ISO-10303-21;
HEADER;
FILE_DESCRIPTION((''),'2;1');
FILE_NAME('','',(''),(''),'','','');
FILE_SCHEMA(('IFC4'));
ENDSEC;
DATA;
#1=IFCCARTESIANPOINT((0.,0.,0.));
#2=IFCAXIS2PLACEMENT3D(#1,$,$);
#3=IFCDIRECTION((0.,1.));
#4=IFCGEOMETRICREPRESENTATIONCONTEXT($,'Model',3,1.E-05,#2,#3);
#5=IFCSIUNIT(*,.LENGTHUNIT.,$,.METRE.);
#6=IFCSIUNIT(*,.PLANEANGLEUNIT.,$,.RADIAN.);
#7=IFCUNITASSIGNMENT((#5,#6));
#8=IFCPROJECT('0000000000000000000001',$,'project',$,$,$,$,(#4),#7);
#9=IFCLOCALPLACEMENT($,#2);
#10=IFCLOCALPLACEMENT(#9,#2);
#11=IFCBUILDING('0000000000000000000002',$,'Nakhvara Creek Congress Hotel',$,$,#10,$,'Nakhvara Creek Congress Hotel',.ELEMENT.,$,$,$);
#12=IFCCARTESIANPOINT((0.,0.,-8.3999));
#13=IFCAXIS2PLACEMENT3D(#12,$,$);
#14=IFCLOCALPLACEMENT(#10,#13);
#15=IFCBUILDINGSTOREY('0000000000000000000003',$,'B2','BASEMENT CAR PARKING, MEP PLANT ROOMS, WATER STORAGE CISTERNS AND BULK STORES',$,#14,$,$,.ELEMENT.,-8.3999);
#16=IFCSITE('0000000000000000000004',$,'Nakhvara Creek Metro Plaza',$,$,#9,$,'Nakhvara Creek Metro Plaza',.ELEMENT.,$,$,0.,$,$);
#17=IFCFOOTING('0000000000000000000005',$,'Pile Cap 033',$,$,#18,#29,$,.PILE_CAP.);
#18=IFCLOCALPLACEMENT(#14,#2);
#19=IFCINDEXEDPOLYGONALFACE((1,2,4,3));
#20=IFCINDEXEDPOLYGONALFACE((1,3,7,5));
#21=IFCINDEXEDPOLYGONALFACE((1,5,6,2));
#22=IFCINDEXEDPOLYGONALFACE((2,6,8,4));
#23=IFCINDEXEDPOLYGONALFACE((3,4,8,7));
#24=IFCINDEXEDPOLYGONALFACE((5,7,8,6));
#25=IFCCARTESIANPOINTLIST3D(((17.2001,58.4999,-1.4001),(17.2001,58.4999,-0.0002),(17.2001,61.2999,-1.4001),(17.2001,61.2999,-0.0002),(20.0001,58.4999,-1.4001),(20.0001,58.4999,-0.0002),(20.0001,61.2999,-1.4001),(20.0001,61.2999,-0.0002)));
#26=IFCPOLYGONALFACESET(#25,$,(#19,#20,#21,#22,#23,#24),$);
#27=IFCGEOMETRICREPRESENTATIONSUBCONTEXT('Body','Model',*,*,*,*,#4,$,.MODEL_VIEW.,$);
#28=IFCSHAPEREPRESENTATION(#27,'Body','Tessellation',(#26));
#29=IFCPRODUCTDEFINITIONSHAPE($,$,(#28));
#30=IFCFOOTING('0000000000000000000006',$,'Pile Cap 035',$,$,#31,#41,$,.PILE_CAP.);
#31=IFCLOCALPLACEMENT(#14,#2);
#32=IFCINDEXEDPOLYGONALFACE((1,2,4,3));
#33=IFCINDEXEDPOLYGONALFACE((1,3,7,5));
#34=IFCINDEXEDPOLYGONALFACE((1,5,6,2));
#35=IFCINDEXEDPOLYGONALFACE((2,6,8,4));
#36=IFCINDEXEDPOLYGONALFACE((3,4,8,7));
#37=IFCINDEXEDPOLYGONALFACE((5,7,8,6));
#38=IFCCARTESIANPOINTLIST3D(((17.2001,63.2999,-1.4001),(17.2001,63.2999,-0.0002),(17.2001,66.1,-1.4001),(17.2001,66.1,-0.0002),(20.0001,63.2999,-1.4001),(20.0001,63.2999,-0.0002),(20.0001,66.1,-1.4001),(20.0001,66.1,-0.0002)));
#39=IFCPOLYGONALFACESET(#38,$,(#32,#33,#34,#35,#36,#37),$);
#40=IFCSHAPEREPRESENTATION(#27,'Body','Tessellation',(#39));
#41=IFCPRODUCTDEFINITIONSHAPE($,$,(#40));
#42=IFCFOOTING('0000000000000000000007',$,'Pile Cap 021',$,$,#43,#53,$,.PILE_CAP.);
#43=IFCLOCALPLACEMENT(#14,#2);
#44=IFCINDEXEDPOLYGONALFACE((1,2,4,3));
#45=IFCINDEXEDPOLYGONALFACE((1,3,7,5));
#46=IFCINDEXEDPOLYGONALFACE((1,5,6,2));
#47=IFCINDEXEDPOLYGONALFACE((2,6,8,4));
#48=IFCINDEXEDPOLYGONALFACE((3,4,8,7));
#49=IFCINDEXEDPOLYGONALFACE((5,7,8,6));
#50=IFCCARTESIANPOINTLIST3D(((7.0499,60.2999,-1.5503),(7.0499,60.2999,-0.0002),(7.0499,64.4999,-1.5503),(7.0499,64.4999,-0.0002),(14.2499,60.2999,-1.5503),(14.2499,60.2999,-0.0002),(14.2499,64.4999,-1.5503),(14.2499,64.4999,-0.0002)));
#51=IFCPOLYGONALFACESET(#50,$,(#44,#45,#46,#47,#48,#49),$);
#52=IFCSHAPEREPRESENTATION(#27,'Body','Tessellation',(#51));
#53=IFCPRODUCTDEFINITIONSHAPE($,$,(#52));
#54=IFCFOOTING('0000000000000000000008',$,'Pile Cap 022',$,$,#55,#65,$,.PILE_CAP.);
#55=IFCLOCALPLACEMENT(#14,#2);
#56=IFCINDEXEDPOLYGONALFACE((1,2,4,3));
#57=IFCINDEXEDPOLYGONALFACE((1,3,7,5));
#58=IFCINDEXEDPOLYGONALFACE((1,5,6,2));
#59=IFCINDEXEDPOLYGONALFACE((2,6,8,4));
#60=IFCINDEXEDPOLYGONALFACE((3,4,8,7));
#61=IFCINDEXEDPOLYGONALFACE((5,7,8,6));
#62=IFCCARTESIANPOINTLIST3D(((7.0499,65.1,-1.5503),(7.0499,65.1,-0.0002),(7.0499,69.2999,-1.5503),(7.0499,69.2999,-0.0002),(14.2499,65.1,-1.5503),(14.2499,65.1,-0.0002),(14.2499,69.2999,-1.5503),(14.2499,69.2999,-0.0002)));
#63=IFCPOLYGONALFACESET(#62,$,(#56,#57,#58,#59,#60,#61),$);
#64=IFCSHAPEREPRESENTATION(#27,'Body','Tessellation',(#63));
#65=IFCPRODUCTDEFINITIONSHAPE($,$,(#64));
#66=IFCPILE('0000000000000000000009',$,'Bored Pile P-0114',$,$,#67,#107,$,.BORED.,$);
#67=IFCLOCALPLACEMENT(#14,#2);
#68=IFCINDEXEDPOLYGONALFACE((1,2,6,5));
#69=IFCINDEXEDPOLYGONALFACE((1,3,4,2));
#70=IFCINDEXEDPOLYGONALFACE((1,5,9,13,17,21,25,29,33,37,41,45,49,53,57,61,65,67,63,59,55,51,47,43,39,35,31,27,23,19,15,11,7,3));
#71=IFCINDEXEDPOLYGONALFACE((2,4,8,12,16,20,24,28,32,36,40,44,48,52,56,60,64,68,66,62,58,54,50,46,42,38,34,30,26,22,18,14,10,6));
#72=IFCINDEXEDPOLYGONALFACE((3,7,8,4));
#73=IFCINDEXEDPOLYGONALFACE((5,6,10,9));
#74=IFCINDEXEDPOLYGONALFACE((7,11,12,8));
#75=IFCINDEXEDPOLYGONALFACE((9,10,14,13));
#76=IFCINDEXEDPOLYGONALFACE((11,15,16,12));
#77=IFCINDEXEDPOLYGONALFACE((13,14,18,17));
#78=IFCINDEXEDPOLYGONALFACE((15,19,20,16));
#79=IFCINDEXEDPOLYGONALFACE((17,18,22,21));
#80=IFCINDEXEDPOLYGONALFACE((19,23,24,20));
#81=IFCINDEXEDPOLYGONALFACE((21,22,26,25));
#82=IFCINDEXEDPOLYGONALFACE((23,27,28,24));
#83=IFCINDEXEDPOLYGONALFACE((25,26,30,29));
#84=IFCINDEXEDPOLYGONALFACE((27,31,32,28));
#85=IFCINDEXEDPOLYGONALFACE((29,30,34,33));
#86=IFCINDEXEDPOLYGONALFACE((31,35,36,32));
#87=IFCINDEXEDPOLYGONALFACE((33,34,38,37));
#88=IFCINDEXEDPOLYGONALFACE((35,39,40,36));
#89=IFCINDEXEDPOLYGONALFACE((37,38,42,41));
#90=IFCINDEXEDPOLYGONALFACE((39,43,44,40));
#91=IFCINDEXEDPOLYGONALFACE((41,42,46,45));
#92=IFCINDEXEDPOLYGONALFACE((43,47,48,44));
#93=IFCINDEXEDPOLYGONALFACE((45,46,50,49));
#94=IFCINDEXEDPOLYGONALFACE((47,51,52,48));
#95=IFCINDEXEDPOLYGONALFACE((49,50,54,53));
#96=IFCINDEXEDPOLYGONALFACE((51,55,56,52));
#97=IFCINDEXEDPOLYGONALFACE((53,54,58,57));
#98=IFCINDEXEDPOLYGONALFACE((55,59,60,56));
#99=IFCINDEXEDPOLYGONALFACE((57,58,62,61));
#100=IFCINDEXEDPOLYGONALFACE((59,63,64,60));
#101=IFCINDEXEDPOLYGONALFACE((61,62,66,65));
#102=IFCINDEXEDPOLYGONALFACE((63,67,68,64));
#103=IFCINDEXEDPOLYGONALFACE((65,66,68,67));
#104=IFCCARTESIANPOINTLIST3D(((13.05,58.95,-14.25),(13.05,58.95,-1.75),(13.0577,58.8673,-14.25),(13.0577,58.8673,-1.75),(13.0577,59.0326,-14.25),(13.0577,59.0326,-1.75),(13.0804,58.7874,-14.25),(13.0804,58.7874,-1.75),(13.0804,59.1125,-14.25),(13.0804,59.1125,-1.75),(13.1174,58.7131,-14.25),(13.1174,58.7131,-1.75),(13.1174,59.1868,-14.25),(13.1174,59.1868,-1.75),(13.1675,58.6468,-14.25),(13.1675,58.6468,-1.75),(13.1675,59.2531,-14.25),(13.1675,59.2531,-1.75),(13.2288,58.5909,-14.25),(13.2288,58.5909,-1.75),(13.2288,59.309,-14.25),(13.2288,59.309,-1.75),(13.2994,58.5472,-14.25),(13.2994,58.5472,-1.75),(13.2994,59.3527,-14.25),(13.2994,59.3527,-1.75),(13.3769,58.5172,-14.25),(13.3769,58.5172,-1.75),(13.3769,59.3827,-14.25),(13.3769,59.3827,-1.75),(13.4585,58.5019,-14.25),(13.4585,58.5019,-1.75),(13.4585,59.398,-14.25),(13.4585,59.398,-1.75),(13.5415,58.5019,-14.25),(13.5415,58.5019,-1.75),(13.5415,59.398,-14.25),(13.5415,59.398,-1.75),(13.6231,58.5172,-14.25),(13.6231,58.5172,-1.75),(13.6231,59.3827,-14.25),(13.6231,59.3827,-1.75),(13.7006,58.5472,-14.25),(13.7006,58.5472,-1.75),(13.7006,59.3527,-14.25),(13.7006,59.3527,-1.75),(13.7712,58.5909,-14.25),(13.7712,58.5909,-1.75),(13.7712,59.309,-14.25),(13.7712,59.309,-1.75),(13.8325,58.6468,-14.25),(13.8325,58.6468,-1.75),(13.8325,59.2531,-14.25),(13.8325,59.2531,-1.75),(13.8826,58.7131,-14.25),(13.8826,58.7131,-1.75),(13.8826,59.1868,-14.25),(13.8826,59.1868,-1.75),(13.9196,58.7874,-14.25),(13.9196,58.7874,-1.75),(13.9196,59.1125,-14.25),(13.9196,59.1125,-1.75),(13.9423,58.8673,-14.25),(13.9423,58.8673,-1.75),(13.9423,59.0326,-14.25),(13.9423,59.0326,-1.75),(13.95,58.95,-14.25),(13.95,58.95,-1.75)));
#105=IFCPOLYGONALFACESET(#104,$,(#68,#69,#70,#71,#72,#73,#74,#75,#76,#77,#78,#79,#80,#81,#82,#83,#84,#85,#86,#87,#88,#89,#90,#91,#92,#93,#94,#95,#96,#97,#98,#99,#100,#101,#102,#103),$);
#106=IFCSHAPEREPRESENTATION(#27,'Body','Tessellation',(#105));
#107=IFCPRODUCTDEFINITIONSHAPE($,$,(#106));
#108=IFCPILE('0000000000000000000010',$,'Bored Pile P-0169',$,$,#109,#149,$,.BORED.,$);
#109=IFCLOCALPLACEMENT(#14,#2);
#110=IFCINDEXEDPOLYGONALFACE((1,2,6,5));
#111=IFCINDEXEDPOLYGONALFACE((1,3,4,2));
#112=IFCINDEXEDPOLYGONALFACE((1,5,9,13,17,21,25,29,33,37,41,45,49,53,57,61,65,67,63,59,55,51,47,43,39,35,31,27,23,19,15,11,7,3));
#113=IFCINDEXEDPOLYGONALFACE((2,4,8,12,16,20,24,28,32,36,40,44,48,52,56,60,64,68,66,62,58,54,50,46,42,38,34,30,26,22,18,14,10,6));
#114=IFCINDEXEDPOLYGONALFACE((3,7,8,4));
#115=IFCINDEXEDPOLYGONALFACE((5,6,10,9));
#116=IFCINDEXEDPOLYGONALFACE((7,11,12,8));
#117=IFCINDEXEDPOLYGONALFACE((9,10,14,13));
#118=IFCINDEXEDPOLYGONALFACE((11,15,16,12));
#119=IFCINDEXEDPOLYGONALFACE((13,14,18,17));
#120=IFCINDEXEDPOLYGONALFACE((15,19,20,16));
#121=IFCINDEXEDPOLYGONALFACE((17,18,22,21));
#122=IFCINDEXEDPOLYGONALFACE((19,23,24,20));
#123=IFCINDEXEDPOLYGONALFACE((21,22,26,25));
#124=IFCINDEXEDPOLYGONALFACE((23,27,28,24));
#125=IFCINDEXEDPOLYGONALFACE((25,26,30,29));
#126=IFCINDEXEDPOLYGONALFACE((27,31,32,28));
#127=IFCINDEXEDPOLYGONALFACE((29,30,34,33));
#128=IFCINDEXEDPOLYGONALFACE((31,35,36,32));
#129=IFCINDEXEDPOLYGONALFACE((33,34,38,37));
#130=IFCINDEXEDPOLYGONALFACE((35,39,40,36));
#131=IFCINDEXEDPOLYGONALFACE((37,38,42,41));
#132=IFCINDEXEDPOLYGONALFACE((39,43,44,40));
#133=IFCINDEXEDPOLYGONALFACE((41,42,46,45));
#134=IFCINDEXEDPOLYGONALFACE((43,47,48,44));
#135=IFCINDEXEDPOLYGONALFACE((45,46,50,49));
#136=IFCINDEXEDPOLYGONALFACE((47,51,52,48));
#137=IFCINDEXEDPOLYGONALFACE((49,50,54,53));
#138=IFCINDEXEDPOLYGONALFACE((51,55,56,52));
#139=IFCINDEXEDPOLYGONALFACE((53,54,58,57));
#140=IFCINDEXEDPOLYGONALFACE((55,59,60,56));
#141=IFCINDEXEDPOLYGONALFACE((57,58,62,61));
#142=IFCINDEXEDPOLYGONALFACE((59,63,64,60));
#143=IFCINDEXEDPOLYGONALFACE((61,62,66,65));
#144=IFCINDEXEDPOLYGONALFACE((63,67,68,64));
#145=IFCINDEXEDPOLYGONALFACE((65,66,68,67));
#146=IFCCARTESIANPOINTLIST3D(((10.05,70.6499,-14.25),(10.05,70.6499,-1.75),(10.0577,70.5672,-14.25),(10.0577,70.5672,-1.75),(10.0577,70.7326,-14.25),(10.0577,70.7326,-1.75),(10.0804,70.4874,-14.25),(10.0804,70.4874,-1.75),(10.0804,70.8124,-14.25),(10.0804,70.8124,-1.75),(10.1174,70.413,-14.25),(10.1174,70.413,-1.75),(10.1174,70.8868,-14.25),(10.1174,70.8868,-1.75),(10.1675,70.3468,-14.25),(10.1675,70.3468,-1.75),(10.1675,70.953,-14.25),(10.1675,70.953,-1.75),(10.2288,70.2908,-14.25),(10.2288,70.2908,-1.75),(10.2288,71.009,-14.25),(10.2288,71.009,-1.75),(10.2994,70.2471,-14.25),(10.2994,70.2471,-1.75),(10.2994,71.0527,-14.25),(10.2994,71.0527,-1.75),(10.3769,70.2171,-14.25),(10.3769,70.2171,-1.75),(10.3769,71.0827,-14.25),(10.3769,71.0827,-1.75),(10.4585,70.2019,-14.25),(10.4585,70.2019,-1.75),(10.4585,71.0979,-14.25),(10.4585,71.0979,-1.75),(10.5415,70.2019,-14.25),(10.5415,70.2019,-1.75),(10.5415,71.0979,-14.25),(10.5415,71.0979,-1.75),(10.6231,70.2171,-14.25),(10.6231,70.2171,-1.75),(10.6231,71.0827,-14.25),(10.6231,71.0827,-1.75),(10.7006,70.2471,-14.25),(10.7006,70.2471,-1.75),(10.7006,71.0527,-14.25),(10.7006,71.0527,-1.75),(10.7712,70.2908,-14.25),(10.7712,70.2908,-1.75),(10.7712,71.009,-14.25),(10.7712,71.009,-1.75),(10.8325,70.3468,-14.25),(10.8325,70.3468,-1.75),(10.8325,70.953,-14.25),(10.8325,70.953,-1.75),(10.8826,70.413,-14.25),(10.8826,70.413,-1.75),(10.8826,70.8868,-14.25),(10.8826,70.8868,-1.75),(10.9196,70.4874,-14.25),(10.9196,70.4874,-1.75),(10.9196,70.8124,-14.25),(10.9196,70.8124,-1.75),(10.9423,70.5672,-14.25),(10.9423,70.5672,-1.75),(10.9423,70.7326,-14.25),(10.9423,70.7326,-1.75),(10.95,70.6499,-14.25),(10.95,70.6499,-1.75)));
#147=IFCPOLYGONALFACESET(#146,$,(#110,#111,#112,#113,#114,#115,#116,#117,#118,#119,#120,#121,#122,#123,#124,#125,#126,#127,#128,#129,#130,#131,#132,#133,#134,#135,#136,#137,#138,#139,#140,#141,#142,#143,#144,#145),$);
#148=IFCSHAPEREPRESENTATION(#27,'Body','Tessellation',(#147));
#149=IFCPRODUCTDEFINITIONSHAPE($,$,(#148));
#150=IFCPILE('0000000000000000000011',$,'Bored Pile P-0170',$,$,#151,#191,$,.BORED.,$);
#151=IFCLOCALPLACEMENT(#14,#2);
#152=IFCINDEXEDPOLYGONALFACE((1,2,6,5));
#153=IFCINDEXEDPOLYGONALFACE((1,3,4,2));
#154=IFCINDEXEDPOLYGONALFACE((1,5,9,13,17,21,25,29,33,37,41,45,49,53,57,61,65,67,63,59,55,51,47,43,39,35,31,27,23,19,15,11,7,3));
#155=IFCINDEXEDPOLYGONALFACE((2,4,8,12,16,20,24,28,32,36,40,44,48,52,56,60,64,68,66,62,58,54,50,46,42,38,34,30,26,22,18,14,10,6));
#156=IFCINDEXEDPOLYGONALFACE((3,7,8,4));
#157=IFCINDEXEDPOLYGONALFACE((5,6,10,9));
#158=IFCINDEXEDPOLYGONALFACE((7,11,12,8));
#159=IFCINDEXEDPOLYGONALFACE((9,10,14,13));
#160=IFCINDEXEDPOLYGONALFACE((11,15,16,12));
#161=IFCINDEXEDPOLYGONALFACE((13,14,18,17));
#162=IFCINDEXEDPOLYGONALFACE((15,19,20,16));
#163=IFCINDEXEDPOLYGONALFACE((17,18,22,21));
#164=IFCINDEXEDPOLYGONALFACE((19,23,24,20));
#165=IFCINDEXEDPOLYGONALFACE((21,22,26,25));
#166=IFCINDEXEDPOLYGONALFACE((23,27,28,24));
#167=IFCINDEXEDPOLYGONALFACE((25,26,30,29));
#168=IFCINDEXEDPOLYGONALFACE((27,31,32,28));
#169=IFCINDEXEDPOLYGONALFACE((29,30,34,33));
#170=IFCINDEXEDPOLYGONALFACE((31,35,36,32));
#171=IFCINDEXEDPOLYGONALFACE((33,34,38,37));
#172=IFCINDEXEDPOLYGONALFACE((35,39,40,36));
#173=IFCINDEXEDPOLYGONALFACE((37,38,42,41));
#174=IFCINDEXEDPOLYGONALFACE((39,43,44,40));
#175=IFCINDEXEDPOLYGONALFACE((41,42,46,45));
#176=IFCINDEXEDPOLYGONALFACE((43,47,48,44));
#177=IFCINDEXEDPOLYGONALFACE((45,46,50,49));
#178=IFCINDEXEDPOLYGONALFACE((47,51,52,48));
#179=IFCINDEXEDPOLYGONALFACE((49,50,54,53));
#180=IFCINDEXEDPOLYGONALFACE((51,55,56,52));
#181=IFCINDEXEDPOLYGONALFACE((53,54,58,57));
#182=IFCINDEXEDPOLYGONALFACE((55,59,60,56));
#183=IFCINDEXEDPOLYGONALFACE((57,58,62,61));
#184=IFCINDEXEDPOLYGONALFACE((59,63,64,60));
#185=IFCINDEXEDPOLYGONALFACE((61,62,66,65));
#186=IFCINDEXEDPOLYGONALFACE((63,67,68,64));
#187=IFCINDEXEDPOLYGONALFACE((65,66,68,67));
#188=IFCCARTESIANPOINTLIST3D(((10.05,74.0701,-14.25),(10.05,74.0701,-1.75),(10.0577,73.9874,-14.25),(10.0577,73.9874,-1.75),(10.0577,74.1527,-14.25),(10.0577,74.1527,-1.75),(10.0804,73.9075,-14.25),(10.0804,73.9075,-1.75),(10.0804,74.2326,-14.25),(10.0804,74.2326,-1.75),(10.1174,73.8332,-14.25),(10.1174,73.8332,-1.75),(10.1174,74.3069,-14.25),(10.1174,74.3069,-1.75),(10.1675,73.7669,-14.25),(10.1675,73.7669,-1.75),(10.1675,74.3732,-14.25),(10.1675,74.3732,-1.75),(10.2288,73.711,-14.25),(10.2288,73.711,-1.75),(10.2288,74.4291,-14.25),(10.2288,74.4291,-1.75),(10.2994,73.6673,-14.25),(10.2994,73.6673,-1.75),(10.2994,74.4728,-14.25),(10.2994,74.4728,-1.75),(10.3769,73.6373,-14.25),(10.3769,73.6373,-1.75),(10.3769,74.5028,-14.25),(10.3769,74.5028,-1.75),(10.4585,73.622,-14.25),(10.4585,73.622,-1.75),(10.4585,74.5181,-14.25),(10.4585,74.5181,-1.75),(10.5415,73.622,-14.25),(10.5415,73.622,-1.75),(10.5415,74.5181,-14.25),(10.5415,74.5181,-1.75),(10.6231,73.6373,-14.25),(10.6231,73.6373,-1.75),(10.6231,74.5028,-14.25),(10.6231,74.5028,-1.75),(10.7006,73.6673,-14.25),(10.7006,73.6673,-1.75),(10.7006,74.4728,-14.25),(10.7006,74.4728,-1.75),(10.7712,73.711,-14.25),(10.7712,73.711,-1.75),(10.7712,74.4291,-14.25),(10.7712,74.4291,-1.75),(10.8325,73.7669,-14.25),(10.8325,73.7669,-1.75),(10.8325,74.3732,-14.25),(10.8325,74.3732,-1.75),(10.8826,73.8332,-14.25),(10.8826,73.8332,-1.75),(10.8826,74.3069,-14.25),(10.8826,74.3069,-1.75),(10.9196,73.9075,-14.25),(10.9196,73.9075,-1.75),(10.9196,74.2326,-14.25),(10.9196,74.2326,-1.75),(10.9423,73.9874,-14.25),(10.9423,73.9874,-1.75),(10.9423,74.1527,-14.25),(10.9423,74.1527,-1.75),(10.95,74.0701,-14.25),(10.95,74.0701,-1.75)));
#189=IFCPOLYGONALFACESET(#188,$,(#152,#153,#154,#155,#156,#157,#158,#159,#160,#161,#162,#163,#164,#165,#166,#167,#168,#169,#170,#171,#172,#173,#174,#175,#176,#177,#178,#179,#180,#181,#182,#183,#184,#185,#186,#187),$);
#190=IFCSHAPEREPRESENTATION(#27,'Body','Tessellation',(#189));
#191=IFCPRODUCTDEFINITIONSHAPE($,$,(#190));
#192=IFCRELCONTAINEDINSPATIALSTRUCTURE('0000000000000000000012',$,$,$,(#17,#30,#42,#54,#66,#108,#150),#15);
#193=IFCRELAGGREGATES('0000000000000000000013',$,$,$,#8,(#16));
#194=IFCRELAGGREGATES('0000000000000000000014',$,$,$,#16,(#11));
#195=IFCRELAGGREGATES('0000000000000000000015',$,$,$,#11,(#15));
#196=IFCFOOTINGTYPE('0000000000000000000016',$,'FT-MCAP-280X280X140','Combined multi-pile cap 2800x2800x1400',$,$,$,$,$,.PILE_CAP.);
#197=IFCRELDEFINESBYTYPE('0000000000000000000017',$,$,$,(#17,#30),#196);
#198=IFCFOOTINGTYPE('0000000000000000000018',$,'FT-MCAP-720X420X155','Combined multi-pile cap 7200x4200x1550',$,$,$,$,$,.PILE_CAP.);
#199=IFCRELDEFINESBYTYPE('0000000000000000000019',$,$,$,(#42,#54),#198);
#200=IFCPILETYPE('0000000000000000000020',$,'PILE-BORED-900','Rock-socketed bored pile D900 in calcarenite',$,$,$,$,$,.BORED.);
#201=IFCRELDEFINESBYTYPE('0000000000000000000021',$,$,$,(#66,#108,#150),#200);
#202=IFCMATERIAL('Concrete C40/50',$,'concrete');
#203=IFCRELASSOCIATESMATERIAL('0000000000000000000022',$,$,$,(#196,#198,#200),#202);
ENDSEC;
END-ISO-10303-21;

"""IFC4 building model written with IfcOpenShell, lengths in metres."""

from ifc_helpers import new_model, si_unit, direction, frame, origin, origin_2d, place, context, subcontext, project, spatial, rectangle, circle, extrude, material, material_profile, profile_set, type_object, element, save


model = new_model("IFC4")

# Units and contexts
model_context = context("Model", 3, precision=1e-05, world=origin(), true_north=direction((0.0, 1.0)))
body_context = subcontext(model_context, "Body", "Model", "MODEL_VIEW")
ifc_project = project(units=[si_unit("LENGTHUNIT", "METRE"), si_unit("PLANEANGLEUNIT", "RADIAN")], contexts=[model_context])

# Site, building, storey
site_placement = place(None, origin())
site = spatial("IfcSite", under=ifc_project, at=site_placement, Name="Nakhvara Creek Metro Plaza", LongName="Nakhvara Creek Metro Plaza", CompositionType="ELEMENT", RefElevation=0.0)
building_placement = place(site_placement, origin())
building = spatial("IfcBuilding", under=site, at=building_placement, Name="Nakhvara Creek Congress Hotel", LongName="Nakhvara Creek Congress Hotel", CompositionType="ELEMENT")
storey_placement = place(building_placement, frame((0.0, 0.0, -8.3999)))
storey = spatial("IfcBuildingStorey", under=building, at=storey_placement, Name="B2", Description="BASEMENT CAR PARKING, MEP PLANT ROOMS, WATER STORAGE CISTERNS AND BULK STORES", CompositionType="ELEMENT", Elevation=-8.3999)

# Footings
ifc_material_1 = material(Name="Concrete C40/50", Category="concrete")
footing_type_1 = type_object("IfcFootingType", Name="FT-MCAP-280X280X140", Description="Combined multi-pile cap 2800x2800x1400", PredefinedType="PILE_CAP", material=ifc_material_1)
for number, where, z_axis, x_axis, name in (
    (1, (18.6001, 59.8999, -1.4001), (0.0, 0.0, 1.0), (1.0, 0.0, 0.0), "Pile Cap 033"),
    (2, (18.6001, 64.7, -1.4001), (0.0, 0.0, 1.0), (1.0, 0.0, 0.0), "Pile Cap 035"),
):
    element("IfcFooting", number, at=place(storey_placement, frame(where, z_axis=z_axis, x_axis=x_axis)), inside=storey, type_object=footing_type_1, Name=name, PredefinedType="PILE_CAP", context=body_context, shape_type="SweptSolid", body=[
        extrude(rectangle(XDim=2.8, YDim=2.8, at=origin_2d()), origin(), (0.0, 0.0, 1.0), 1.3999),
    ])
footing_type_2 = type_object("IfcFootingType", Name="FT-MCAP-720X420X155", Description="Combined multi-pile cap 7200x4200x1550", PredefinedType="PILE_CAP", material=ifc_material_1)
for number, where, z_axis, x_axis, name in (
    (3, (10.6499, 62.3999, -1.5503), (0.0, 0.0, 1.0), (1.0, 0.0, 0.0), "Pile Cap 021"),
    (4, (10.6499, 67.2, -1.5503), (0.0, 0.0, 1.0), (1.0, 0.0, 0.0), "Pile Cap 022"),
):
    element("IfcFooting", number, at=place(storey_placement, frame(where, z_axis=z_axis, x_axis=x_axis)), inside=storey, type_object=footing_type_2, Name=name, PredefinedType="PILE_CAP", context=body_context, shape_type="SweptSolid", body=[
        extrude(rectangle(XDim=7.2, YDim=4.2, at=origin_2d()), origin(), (0.0, 0.0, 1.0), 1.55),
    ])

# Piles
ifc_material_profile_1 = material_profile(ifc_material_1, circle(Radius=0.45, at=origin_2d()), Name="BORED PILE D900", Category="LoadBearing")
ifc_profile_set_1 = profile_set([ifc_material_profile_1], Name="Concrete C40/50")
pile_type = type_object("IfcPileType", Name="PILE-BORED-900", Description="Rock-socketed bored pile D900 in calcarenite", PredefinedType="BORED", material=ifc_profile_set_1)
for number, where, z_axis, x_axis, name in (
    (5, (13.5, 58.95, -1.75), (0.0, 0.0, -1.0), (1.0, 0.0, 0.0), "Bored Pile P-0114"),
    (6, (10.5, 70.6499, -1.75), (0.0, 0.0, -1.0), (1.0, 0.0, 0.0), "Bored Pile P-0169"),
    (7, (10.5, 74.0701, -1.75), (0.0, 0.0, -1.0), (1.0, 0.0, 0.0), "Bored Pile P-0170"),
):
    element("IfcPile", number, at=place(storey_placement, frame(where, z_axis=z_axis, x_axis=x_axis)), inside=storey, type_object=pile_type, Name=name, PredefinedType="BORED", context=body_context, shape_type="SweptSolid", body=[
        extrude(circle(Radius=0.45, at=origin_2d()), origin(), (0.0, 0.0, 1.0), 12.5),
    ])

save(model, "model.ifc")
